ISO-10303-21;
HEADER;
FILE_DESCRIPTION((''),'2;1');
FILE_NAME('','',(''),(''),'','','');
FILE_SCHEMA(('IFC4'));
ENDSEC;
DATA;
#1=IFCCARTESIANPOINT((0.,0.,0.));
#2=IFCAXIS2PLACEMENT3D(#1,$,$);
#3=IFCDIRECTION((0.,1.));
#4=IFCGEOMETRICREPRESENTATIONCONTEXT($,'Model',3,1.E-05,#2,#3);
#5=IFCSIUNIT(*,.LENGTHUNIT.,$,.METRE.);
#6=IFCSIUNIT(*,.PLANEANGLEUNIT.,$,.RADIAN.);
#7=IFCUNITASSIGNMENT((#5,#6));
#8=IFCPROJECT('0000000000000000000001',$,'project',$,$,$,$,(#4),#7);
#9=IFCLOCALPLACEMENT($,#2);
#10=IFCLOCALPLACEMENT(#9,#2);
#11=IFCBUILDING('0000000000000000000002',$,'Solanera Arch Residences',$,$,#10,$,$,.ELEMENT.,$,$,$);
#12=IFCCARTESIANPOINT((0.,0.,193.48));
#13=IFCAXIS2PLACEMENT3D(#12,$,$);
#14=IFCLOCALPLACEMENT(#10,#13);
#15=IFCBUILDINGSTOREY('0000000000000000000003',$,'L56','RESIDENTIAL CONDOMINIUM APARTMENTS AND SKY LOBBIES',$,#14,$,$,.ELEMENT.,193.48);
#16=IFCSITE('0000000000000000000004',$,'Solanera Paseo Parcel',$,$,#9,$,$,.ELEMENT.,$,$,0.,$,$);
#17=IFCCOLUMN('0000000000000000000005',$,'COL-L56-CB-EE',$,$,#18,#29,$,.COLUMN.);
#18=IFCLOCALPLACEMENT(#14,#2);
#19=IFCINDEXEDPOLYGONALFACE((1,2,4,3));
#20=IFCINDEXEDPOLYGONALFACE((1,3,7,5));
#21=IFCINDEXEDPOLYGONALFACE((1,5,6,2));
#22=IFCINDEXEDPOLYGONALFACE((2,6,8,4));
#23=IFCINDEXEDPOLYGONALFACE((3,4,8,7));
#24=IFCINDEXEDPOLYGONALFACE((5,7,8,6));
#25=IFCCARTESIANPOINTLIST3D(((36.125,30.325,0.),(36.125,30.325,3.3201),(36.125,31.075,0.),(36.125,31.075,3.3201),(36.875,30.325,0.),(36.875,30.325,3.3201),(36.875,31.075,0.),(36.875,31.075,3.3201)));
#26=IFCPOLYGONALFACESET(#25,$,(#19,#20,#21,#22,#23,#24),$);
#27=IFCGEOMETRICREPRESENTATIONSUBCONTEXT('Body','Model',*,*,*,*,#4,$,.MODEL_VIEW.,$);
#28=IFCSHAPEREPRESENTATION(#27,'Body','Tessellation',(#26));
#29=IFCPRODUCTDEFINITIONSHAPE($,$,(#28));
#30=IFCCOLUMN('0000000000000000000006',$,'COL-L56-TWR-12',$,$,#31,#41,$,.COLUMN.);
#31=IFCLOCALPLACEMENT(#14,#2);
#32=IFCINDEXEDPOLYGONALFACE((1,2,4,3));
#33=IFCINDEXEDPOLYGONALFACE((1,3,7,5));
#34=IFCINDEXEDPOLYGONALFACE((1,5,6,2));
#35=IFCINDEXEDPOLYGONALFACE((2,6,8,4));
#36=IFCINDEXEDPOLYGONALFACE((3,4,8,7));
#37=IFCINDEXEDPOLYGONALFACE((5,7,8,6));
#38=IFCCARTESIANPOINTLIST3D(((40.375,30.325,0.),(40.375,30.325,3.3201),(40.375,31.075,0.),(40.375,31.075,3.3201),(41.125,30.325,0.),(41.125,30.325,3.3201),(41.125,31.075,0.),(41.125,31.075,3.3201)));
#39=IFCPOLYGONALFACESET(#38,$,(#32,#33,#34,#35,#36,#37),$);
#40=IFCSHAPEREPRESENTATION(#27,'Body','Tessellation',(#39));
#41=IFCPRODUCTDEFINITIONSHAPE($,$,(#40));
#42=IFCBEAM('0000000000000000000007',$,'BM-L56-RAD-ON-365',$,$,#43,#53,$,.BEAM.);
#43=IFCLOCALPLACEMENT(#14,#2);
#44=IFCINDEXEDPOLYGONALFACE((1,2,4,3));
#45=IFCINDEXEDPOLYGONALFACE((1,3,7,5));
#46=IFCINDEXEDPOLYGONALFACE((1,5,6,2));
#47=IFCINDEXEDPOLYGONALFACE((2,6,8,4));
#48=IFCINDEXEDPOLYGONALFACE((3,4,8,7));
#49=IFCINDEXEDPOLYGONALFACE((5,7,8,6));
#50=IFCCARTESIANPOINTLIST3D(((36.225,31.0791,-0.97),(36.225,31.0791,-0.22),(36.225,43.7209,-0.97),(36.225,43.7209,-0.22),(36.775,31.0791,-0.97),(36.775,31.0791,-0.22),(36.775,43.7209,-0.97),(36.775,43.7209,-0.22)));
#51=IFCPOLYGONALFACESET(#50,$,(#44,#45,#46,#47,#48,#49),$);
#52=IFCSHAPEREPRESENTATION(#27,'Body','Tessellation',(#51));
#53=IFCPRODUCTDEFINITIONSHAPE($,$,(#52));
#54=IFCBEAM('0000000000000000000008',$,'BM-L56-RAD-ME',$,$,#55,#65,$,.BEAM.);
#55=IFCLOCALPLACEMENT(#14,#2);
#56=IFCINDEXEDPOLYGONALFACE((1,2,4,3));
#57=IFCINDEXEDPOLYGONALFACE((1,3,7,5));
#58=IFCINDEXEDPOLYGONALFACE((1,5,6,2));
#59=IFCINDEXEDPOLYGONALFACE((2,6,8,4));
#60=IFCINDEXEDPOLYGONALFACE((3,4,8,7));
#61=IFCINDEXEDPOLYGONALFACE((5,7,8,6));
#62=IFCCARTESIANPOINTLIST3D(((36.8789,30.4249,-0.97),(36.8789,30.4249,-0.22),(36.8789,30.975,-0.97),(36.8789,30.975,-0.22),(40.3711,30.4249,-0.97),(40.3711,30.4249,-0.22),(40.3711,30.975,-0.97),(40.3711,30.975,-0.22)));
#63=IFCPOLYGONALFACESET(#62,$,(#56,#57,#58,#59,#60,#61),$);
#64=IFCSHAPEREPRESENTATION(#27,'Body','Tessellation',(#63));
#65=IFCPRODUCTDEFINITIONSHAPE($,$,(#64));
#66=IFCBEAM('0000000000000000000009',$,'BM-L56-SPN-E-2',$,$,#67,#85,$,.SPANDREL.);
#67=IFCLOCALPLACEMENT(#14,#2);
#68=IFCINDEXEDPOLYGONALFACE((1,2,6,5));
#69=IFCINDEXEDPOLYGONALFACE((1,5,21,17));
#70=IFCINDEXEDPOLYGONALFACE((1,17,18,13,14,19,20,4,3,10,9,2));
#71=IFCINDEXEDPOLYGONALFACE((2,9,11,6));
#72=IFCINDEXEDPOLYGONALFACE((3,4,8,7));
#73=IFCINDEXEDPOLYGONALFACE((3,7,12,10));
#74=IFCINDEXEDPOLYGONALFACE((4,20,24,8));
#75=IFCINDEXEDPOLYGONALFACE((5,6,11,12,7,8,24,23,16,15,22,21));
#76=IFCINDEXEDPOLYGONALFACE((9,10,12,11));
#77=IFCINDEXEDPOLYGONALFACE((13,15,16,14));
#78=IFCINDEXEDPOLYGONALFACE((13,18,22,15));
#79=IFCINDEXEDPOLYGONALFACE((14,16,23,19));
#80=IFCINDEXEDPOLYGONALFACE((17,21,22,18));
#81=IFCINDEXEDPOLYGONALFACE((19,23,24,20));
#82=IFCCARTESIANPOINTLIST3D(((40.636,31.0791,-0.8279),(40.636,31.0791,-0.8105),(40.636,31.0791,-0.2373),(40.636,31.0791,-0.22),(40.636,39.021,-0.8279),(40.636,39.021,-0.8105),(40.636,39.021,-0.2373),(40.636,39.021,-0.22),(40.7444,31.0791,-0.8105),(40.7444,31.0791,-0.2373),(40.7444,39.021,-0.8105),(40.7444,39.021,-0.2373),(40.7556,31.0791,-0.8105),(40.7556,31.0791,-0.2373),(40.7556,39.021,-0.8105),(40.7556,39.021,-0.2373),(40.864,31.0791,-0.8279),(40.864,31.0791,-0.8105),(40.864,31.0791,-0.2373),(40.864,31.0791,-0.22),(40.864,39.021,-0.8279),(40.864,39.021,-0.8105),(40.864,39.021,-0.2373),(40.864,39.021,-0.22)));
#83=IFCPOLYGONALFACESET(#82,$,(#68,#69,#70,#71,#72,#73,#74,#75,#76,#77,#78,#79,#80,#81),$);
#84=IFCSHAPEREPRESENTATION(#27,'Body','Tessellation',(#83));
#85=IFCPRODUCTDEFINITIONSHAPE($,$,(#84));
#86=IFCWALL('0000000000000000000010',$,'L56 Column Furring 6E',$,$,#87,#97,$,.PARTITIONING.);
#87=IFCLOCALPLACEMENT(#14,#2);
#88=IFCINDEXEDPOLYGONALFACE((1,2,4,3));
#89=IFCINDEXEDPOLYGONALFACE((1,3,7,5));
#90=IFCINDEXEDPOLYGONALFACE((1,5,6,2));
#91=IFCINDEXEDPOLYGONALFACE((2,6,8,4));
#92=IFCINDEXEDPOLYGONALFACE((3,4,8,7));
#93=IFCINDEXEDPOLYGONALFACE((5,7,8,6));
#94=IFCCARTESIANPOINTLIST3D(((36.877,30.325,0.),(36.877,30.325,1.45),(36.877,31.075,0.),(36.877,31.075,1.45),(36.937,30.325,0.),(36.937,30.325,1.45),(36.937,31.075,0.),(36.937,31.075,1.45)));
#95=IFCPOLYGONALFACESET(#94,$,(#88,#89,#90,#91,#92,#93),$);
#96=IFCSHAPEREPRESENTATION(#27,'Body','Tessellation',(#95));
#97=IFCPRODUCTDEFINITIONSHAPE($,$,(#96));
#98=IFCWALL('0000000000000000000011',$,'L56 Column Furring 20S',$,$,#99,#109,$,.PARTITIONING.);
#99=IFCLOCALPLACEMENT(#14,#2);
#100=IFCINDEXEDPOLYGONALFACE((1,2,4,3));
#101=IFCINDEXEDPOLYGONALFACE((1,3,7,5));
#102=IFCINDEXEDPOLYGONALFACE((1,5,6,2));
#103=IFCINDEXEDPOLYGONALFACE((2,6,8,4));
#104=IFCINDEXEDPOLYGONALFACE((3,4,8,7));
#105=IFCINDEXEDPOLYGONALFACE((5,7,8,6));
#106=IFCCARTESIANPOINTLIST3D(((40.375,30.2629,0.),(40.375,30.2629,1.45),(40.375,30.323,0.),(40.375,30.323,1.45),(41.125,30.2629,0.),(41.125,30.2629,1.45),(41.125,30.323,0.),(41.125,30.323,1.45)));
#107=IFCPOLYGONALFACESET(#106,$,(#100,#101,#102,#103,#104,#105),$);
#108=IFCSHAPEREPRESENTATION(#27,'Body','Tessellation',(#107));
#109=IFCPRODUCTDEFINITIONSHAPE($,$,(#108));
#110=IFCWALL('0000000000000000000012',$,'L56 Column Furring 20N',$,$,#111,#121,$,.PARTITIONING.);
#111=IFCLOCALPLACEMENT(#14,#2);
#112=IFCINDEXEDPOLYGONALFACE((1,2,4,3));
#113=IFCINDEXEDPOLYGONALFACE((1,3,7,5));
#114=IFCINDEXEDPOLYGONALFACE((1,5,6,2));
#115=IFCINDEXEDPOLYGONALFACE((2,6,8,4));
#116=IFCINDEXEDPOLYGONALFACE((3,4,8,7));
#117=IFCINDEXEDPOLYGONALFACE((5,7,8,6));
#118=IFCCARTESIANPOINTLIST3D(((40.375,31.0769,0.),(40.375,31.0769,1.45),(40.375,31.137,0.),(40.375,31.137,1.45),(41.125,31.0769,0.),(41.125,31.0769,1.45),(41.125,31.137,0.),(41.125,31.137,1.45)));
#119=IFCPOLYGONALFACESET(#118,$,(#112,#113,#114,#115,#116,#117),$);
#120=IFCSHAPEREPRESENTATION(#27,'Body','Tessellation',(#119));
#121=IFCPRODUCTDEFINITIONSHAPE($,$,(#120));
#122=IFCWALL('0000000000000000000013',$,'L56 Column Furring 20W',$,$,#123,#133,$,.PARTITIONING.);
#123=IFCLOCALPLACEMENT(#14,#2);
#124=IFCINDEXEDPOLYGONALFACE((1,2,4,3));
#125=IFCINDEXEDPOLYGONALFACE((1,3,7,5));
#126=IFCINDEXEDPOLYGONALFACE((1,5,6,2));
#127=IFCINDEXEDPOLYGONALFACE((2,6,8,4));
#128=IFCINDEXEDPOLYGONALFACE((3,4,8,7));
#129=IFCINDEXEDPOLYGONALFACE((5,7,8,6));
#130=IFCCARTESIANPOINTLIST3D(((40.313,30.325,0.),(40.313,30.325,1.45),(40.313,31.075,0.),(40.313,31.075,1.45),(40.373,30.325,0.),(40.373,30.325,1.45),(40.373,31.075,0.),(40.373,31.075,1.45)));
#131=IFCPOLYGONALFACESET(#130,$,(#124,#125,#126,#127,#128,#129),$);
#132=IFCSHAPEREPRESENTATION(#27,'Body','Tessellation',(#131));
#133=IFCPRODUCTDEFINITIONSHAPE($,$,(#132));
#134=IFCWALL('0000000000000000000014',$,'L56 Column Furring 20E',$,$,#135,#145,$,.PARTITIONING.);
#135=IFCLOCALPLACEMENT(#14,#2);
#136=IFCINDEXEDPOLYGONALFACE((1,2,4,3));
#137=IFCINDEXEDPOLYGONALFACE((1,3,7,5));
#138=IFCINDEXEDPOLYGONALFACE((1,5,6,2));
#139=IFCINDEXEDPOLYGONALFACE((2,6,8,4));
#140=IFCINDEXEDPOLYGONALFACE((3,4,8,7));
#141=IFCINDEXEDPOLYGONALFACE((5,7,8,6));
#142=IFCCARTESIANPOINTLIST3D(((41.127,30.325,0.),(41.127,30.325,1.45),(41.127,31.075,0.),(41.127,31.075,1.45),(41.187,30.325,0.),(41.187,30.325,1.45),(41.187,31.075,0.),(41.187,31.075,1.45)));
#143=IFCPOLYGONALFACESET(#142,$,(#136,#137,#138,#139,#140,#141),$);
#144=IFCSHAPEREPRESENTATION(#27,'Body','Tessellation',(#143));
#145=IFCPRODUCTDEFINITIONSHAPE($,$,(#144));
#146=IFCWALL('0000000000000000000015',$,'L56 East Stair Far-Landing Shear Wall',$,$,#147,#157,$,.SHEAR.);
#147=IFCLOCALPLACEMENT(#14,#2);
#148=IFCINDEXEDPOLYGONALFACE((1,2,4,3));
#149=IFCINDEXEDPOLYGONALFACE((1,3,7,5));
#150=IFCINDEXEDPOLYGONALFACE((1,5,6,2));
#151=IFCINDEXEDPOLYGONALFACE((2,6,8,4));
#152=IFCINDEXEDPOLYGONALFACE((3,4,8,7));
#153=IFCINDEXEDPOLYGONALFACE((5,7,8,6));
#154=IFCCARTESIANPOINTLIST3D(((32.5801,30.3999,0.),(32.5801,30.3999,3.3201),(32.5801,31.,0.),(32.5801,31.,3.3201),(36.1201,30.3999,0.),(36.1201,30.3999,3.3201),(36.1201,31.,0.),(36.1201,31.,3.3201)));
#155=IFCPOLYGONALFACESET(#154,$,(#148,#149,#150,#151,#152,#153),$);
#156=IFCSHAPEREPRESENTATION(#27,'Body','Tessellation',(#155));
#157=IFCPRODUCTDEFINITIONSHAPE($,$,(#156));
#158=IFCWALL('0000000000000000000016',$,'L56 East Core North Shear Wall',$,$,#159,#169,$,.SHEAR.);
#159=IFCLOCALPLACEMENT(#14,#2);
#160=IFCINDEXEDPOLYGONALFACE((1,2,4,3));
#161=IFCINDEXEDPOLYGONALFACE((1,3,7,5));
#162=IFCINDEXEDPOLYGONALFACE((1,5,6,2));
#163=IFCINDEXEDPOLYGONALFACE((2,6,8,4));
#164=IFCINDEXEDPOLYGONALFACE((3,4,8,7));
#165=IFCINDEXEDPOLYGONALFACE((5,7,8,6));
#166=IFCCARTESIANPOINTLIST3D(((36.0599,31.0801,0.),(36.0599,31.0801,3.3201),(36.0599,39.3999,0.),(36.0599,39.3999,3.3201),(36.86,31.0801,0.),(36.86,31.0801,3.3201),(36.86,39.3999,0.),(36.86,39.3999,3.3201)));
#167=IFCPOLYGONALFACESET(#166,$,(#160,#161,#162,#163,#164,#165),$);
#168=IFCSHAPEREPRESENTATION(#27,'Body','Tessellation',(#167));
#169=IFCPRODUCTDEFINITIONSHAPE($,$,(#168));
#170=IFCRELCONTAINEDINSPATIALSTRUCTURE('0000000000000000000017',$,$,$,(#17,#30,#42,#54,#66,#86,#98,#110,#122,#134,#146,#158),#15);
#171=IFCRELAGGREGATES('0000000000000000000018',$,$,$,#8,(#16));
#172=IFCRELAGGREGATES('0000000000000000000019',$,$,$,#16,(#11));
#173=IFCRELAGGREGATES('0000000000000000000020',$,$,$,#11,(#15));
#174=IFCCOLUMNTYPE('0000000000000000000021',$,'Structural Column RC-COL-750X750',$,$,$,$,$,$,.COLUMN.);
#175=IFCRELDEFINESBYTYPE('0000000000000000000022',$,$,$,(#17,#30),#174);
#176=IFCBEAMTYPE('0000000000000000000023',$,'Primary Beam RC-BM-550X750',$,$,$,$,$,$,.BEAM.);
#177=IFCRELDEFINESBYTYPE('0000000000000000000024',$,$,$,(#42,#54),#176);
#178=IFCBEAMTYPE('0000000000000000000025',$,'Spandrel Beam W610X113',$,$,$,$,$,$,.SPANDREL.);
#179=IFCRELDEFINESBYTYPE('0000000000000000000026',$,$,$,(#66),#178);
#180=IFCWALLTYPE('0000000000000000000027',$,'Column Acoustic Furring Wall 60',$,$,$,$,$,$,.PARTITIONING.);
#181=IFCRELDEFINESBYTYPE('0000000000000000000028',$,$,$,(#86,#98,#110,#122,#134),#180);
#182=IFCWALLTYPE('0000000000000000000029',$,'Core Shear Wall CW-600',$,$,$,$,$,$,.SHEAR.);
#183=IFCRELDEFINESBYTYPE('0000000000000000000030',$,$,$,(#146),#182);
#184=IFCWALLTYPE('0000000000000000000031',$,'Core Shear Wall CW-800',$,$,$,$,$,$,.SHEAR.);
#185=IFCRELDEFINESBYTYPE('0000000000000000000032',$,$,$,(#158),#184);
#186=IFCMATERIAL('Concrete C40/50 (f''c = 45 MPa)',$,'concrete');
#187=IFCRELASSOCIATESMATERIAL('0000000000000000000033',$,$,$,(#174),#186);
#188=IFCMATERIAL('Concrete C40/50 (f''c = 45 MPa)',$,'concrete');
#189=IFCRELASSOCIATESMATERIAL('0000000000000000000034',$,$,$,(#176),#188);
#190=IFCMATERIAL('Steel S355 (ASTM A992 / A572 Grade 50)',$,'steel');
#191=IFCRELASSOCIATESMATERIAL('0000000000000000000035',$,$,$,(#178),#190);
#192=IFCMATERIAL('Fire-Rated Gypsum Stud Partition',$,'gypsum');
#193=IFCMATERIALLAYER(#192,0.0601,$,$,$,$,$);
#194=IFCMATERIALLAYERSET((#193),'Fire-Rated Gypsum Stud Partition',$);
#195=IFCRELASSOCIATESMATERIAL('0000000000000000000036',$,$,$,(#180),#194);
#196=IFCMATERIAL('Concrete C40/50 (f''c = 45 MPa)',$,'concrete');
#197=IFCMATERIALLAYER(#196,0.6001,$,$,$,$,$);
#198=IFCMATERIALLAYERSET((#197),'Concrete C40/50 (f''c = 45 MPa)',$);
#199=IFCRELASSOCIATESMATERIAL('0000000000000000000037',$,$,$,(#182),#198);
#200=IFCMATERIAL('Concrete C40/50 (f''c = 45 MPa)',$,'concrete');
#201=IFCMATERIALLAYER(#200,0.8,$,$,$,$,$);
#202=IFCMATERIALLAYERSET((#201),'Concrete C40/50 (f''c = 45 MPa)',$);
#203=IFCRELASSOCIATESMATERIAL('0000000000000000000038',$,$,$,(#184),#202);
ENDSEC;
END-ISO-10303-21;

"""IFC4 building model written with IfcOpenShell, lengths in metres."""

from ifc_helpers import new_model, si_unit, direction, frame, frame_2d, origin, origin_2d, place, context, subcontext, project, spatial, rectangle, i_section, extrude, material, layer, layer_set, material_profile, profile_set, type_object, element, save


model = new_model("IFC4")

# Units and contexts
model_context = context("Model", 3, precision=1e-05, world=origin(), true_north=direction((0.0, 1.0)))
body_context = subcontext(model_context, "Body", "Model", "MODEL_VIEW")
ifc_project = project(units=[si_unit("LENGTHUNIT", "METRE"), si_unit("PLANEANGLEUNIT", "RADIAN")], contexts=[model_context])

# Site, building, storey
site_placement = place(None, origin())
site = spatial("IfcSite", under=ifc_project, at=site_placement, Name="Solanera Paseo Parcel", CompositionType="ELEMENT", RefElevation=0.0)
building_placement = place(site_placement, origin())
building = spatial("IfcBuilding", under=site, at=building_placement, Name="Solanera Arch Residences", CompositionType="ELEMENT")
storey_placement = place(building_placement, frame((0.0, 0.0, 193.48)))
storey = spatial("IfcBuildingStorey", under=building, at=storey_placement, Name="L56", Description="RESIDENTIAL CONDOMINIUM APARTMENTS AND SKY LOBBIES", CompositionType="ELEMENT", Elevation=193.48)

# Columns
ifc_material_1 = material(Name="Concrete C40/50 (f'c = 45 MPa)", Category="concrete")
ifc_material_profile_1 = material_profile(ifc_material_1, rectangle(XDim=0.75, YDim=0.75, at=origin_2d()))
ifc_profile_set_1 = profile_set([ifc_material_profile_1], Name="Concrete C40/50 (f'c = 45 MPa)")
column_type = type_object("IfcColumnType", Name="Structural Column RC-COL-750X750", PredefinedType="COLUMN", material=ifc_profile_set_1)
for number, where, z_axis, x_axis, name in (
    (1, (36.5, 30.7, 0.0), (0.0, 0.0, 1.0), (1.0, 0.0, 0.0), "COL-L56-CB-EE"),
    (2, (40.75, 30.7, 0.0), (0.0, 0.0, 1.0), (1.0, 0.0, 0.0), "COL-L56-TWR-12"),
):
    element("IfcColumn", number, at=place(storey_placement, frame(where, z_axis=z_axis, x_axis=x_axis)), inside=storey, type_object=column_type, Name=name, PredefinedType="COLUMN", context=body_context, shape_type="SweptSolid", body=[
        extrude(rectangle(XDim=0.75, YDim=0.75, at=origin_2d()), origin(), (0.0, 0.0, 1.0), 3.3201),
    ])

# Beams
ifc_material_2 = material(Name="Concrete C40/50 (f'c = 45 MPa)", Category="concrete")
ifc_material_profile_2 = material_profile(ifc_material_2, rectangle(XDim=0.55, YDim=0.75, at=origin_2d()))
ifc_profile_set_2 = profile_set([ifc_material_profile_2], Name="Concrete C40/50 (f'c = 45 MPa)")
beam_type_1 = type_object("IfcBeamType", Name="Primary Beam RC-BM-550X750", PredefinedType="BEAM", material=ifc_profile_set_2)
beam_1_placement = place(storey_placement, frame((36.5, 31.0791, -0.595), z_axis=(0.0, 1.0, 0.0), x_axis=(-1.0, 0.0, 0.0)))
element("IfcBeam", 3, at=beam_1_placement, inside=storey, type_object=beam_type_1, Name="BM-L56-RAD-ON-365", PredefinedType="BEAM", context=body_context, shape_type="SweptSolid", body=[
    extrude(rectangle(XDim=0.55, YDim=0.75, at=origin_2d()), origin(), (0.0, 0.0, 1.0), 12.6418),
])
beam_2_placement = place(storey_placement, frame((36.8789, 30.7, -0.595), z_axis=(1.0, 0.0, 0.0), x_axis=(0.0, 1.0, 0.0)))
element("IfcBeam", 4, at=beam_2_placement, inside=storey, type_object=beam_type_1, Name="BM-L56-RAD-ME", PredefinedType="BEAM", context=body_context, shape_type="SweptSolid", body=[
    extrude(rectangle(XDim=0.55, YDim=0.75, at=origin_2d()), origin(), (0.0, 0.0, 1.0), 3.4922),
])
ifc_material_3 = material(Name="Steel S355 (ASTM A992 / A572 Grade 50)", Category="steel")
ifc_material_profile_3 = material_profile(ifc_material_3, i_section(OverallWidth=0.228, OverallDepth=0.6079, WebThickness=0.0112, FlangeThickness=0.0173, at=origin_2d()))
ifc_profile_set_3 = profile_set([ifc_material_profile_3], Name="Steel S355 (ASTM A992 / A572 Grade 50)")
beam_type_2 = type_object("IfcBeamType", Name="Spandrel Beam W610X113", PredefinedType="SPANDREL", material=ifc_profile_set_3)
beam_3_placement = place(storey_placement, frame((40.75, 31.0791, -0.5239), z_axis=(0.0, 1.0, 0.0), x_axis=(-1.0, 0.0, 0.0)))
element("IfcBeam", 5, at=beam_3_placement, inside=storey, type_object=beam_type_2, Name="BM-L56-SPN-E-2", PredefinedType="SPANDREL", context=body_context, shape_type="SweptSolid", body=[
    extrude(i_section(OverallWidth=0.228, OverallDepth=0.6079, WebThickness=0.0112, FlangeThickness=0.0173, at=origin_2d()), origin(), (0.0, 0.0, 1.0), 7.9419),
])

# Walls
ifc_material_4 = material(Name="Fire-Rated Gypsum Stud Partition", Category="gypsum")
ifc_layer_1 = layer(ifc_material_4, 0.0601)
ifc_layer_set_1 = layer_set([ifc_layer_1], Name="Fire-Rated Gypsum Stud Partition")
wall_type_1 = type_object("IfcWallType", Name="Column Acoustic Furring Wall 60", PredefinedType="PARTITIONING", material=ifc_layer_set_1)
for number, where, z_axis, x_axis, name in (
    (6, (36.907, 30.325, 0.0), (0.0, 0.0, 1.0), (0.0, 1.0, 0.0), "L56 Column Furring 6E"),
    (7, (40.375, 30.293, 0.0), (0.0, 0.0, 1.0), (1.0, 0.0, 0.0), "L56 Column Furring 20S"),
    (8, (40.375, 31.1069, 0.0), (0.0, 0.0, 1.0), (1.0, 0.0, 0.0), "L56 Column Furring 20N"),
    (9, (40.343, 30.325, 0.0), (0.0, 0.0, 1.0), (0.0, 1.0, 0.0), "L56 Column Furring 20W"),
    (10, (41.157, 30.325, 0.0), (0.0, 0.0, 1.0), (0.0, 1.0, 0.0), "L56 Column Furring 20E"),
):
    element("IfcWall", number, at=place(storey_placement, frame(where, z_axis=z_axis, x_axis=x_axis)), inside=storey, type_object=wall_type_1, Name=name, PredefinedType="PARTITIONING", context=body_context, shape_type="SweptSolid", body=[
        extrude(rectangle(XDim=0.75, YDim=0.0601, at=frame_2d((0.375, 0.0))), origin(), (0.0, 0.0, 1.0), 1.45),
    ])

# Walls
ifc_material_5 = material(Name="Concrete C40/50 (f'c = 45 MPa)", Category="concrete")
ifc_layer_2 = layer(ifc_material_5, 0.6001)
ifc_layer_set_2 = layer_set([ifc_layer_2], Name="Concrete C40/50 (f'c = 45 MPa)")
wall_type_2 = type_object("IfcWallType", Name="Core Shear Wall CW-600", PredefinedType="SHEAR", material=ifc_layer_set_2)
wall_1_placement = place(storey_placement, frame((32.5801, 30.7, 0.0), z_axis=(0.0, 0.0, 1.0), x_axis=(1.0, 0.0, 0.0)))
element("IfcWall", 11, at=wall_1_placement, inside=storey, type_object=wall_type_2, Name="L56 East Stair Far-Landing Shear Wall", PredefinedType="SHEAR", context=body_context, shape_type="SweptSolid", body=[
    extrude(rectangle(XDim=3.54, YDim=0.6001, at=frame_2d((1.77, 0.0))), origin(), (0.0, 0.0, 1.0), 3.3201),
])
ifc_material_6 = material(Name="Concrete C40/50 (f'c = 45 MPa)", Category="concrete")
ifc_layer_3 = layer(ifc_material_6, 0.8)
ifc_layer_set_3 = layer_set([ifc_layer_3], Name="Concrete C40/50 (f'c = 45 MPa)")
wall_type_3 = type_object("IfcWallType", Name="Core Shear Wall CW-800", PredefinedType="SHEAR", material=ifc_layer_set_3)
wall_2_placement = place(storey_placement, frame((36.46, 31.0801, 0.0), z_axis=(0.0, 0.0, 1.0), x_axis=(0.0, 1.0, 0.0)))
element("IfcWall", 12, at=wall_2_placement, inside=storey, type_object=wall_type_3, Name="L56 East Core North Shear Wall", PredefinedType="SHEAR", context=body_context, shape_type="SweptSolid", body=[
    extrude(rectangle(XDim=8.3198, YDim=0.8, at=frame_2d((4.1599, 0.0))), origin(), (0.0, 0.0, 1.0), 3.3201),
])

save(model, "model.ifc")
